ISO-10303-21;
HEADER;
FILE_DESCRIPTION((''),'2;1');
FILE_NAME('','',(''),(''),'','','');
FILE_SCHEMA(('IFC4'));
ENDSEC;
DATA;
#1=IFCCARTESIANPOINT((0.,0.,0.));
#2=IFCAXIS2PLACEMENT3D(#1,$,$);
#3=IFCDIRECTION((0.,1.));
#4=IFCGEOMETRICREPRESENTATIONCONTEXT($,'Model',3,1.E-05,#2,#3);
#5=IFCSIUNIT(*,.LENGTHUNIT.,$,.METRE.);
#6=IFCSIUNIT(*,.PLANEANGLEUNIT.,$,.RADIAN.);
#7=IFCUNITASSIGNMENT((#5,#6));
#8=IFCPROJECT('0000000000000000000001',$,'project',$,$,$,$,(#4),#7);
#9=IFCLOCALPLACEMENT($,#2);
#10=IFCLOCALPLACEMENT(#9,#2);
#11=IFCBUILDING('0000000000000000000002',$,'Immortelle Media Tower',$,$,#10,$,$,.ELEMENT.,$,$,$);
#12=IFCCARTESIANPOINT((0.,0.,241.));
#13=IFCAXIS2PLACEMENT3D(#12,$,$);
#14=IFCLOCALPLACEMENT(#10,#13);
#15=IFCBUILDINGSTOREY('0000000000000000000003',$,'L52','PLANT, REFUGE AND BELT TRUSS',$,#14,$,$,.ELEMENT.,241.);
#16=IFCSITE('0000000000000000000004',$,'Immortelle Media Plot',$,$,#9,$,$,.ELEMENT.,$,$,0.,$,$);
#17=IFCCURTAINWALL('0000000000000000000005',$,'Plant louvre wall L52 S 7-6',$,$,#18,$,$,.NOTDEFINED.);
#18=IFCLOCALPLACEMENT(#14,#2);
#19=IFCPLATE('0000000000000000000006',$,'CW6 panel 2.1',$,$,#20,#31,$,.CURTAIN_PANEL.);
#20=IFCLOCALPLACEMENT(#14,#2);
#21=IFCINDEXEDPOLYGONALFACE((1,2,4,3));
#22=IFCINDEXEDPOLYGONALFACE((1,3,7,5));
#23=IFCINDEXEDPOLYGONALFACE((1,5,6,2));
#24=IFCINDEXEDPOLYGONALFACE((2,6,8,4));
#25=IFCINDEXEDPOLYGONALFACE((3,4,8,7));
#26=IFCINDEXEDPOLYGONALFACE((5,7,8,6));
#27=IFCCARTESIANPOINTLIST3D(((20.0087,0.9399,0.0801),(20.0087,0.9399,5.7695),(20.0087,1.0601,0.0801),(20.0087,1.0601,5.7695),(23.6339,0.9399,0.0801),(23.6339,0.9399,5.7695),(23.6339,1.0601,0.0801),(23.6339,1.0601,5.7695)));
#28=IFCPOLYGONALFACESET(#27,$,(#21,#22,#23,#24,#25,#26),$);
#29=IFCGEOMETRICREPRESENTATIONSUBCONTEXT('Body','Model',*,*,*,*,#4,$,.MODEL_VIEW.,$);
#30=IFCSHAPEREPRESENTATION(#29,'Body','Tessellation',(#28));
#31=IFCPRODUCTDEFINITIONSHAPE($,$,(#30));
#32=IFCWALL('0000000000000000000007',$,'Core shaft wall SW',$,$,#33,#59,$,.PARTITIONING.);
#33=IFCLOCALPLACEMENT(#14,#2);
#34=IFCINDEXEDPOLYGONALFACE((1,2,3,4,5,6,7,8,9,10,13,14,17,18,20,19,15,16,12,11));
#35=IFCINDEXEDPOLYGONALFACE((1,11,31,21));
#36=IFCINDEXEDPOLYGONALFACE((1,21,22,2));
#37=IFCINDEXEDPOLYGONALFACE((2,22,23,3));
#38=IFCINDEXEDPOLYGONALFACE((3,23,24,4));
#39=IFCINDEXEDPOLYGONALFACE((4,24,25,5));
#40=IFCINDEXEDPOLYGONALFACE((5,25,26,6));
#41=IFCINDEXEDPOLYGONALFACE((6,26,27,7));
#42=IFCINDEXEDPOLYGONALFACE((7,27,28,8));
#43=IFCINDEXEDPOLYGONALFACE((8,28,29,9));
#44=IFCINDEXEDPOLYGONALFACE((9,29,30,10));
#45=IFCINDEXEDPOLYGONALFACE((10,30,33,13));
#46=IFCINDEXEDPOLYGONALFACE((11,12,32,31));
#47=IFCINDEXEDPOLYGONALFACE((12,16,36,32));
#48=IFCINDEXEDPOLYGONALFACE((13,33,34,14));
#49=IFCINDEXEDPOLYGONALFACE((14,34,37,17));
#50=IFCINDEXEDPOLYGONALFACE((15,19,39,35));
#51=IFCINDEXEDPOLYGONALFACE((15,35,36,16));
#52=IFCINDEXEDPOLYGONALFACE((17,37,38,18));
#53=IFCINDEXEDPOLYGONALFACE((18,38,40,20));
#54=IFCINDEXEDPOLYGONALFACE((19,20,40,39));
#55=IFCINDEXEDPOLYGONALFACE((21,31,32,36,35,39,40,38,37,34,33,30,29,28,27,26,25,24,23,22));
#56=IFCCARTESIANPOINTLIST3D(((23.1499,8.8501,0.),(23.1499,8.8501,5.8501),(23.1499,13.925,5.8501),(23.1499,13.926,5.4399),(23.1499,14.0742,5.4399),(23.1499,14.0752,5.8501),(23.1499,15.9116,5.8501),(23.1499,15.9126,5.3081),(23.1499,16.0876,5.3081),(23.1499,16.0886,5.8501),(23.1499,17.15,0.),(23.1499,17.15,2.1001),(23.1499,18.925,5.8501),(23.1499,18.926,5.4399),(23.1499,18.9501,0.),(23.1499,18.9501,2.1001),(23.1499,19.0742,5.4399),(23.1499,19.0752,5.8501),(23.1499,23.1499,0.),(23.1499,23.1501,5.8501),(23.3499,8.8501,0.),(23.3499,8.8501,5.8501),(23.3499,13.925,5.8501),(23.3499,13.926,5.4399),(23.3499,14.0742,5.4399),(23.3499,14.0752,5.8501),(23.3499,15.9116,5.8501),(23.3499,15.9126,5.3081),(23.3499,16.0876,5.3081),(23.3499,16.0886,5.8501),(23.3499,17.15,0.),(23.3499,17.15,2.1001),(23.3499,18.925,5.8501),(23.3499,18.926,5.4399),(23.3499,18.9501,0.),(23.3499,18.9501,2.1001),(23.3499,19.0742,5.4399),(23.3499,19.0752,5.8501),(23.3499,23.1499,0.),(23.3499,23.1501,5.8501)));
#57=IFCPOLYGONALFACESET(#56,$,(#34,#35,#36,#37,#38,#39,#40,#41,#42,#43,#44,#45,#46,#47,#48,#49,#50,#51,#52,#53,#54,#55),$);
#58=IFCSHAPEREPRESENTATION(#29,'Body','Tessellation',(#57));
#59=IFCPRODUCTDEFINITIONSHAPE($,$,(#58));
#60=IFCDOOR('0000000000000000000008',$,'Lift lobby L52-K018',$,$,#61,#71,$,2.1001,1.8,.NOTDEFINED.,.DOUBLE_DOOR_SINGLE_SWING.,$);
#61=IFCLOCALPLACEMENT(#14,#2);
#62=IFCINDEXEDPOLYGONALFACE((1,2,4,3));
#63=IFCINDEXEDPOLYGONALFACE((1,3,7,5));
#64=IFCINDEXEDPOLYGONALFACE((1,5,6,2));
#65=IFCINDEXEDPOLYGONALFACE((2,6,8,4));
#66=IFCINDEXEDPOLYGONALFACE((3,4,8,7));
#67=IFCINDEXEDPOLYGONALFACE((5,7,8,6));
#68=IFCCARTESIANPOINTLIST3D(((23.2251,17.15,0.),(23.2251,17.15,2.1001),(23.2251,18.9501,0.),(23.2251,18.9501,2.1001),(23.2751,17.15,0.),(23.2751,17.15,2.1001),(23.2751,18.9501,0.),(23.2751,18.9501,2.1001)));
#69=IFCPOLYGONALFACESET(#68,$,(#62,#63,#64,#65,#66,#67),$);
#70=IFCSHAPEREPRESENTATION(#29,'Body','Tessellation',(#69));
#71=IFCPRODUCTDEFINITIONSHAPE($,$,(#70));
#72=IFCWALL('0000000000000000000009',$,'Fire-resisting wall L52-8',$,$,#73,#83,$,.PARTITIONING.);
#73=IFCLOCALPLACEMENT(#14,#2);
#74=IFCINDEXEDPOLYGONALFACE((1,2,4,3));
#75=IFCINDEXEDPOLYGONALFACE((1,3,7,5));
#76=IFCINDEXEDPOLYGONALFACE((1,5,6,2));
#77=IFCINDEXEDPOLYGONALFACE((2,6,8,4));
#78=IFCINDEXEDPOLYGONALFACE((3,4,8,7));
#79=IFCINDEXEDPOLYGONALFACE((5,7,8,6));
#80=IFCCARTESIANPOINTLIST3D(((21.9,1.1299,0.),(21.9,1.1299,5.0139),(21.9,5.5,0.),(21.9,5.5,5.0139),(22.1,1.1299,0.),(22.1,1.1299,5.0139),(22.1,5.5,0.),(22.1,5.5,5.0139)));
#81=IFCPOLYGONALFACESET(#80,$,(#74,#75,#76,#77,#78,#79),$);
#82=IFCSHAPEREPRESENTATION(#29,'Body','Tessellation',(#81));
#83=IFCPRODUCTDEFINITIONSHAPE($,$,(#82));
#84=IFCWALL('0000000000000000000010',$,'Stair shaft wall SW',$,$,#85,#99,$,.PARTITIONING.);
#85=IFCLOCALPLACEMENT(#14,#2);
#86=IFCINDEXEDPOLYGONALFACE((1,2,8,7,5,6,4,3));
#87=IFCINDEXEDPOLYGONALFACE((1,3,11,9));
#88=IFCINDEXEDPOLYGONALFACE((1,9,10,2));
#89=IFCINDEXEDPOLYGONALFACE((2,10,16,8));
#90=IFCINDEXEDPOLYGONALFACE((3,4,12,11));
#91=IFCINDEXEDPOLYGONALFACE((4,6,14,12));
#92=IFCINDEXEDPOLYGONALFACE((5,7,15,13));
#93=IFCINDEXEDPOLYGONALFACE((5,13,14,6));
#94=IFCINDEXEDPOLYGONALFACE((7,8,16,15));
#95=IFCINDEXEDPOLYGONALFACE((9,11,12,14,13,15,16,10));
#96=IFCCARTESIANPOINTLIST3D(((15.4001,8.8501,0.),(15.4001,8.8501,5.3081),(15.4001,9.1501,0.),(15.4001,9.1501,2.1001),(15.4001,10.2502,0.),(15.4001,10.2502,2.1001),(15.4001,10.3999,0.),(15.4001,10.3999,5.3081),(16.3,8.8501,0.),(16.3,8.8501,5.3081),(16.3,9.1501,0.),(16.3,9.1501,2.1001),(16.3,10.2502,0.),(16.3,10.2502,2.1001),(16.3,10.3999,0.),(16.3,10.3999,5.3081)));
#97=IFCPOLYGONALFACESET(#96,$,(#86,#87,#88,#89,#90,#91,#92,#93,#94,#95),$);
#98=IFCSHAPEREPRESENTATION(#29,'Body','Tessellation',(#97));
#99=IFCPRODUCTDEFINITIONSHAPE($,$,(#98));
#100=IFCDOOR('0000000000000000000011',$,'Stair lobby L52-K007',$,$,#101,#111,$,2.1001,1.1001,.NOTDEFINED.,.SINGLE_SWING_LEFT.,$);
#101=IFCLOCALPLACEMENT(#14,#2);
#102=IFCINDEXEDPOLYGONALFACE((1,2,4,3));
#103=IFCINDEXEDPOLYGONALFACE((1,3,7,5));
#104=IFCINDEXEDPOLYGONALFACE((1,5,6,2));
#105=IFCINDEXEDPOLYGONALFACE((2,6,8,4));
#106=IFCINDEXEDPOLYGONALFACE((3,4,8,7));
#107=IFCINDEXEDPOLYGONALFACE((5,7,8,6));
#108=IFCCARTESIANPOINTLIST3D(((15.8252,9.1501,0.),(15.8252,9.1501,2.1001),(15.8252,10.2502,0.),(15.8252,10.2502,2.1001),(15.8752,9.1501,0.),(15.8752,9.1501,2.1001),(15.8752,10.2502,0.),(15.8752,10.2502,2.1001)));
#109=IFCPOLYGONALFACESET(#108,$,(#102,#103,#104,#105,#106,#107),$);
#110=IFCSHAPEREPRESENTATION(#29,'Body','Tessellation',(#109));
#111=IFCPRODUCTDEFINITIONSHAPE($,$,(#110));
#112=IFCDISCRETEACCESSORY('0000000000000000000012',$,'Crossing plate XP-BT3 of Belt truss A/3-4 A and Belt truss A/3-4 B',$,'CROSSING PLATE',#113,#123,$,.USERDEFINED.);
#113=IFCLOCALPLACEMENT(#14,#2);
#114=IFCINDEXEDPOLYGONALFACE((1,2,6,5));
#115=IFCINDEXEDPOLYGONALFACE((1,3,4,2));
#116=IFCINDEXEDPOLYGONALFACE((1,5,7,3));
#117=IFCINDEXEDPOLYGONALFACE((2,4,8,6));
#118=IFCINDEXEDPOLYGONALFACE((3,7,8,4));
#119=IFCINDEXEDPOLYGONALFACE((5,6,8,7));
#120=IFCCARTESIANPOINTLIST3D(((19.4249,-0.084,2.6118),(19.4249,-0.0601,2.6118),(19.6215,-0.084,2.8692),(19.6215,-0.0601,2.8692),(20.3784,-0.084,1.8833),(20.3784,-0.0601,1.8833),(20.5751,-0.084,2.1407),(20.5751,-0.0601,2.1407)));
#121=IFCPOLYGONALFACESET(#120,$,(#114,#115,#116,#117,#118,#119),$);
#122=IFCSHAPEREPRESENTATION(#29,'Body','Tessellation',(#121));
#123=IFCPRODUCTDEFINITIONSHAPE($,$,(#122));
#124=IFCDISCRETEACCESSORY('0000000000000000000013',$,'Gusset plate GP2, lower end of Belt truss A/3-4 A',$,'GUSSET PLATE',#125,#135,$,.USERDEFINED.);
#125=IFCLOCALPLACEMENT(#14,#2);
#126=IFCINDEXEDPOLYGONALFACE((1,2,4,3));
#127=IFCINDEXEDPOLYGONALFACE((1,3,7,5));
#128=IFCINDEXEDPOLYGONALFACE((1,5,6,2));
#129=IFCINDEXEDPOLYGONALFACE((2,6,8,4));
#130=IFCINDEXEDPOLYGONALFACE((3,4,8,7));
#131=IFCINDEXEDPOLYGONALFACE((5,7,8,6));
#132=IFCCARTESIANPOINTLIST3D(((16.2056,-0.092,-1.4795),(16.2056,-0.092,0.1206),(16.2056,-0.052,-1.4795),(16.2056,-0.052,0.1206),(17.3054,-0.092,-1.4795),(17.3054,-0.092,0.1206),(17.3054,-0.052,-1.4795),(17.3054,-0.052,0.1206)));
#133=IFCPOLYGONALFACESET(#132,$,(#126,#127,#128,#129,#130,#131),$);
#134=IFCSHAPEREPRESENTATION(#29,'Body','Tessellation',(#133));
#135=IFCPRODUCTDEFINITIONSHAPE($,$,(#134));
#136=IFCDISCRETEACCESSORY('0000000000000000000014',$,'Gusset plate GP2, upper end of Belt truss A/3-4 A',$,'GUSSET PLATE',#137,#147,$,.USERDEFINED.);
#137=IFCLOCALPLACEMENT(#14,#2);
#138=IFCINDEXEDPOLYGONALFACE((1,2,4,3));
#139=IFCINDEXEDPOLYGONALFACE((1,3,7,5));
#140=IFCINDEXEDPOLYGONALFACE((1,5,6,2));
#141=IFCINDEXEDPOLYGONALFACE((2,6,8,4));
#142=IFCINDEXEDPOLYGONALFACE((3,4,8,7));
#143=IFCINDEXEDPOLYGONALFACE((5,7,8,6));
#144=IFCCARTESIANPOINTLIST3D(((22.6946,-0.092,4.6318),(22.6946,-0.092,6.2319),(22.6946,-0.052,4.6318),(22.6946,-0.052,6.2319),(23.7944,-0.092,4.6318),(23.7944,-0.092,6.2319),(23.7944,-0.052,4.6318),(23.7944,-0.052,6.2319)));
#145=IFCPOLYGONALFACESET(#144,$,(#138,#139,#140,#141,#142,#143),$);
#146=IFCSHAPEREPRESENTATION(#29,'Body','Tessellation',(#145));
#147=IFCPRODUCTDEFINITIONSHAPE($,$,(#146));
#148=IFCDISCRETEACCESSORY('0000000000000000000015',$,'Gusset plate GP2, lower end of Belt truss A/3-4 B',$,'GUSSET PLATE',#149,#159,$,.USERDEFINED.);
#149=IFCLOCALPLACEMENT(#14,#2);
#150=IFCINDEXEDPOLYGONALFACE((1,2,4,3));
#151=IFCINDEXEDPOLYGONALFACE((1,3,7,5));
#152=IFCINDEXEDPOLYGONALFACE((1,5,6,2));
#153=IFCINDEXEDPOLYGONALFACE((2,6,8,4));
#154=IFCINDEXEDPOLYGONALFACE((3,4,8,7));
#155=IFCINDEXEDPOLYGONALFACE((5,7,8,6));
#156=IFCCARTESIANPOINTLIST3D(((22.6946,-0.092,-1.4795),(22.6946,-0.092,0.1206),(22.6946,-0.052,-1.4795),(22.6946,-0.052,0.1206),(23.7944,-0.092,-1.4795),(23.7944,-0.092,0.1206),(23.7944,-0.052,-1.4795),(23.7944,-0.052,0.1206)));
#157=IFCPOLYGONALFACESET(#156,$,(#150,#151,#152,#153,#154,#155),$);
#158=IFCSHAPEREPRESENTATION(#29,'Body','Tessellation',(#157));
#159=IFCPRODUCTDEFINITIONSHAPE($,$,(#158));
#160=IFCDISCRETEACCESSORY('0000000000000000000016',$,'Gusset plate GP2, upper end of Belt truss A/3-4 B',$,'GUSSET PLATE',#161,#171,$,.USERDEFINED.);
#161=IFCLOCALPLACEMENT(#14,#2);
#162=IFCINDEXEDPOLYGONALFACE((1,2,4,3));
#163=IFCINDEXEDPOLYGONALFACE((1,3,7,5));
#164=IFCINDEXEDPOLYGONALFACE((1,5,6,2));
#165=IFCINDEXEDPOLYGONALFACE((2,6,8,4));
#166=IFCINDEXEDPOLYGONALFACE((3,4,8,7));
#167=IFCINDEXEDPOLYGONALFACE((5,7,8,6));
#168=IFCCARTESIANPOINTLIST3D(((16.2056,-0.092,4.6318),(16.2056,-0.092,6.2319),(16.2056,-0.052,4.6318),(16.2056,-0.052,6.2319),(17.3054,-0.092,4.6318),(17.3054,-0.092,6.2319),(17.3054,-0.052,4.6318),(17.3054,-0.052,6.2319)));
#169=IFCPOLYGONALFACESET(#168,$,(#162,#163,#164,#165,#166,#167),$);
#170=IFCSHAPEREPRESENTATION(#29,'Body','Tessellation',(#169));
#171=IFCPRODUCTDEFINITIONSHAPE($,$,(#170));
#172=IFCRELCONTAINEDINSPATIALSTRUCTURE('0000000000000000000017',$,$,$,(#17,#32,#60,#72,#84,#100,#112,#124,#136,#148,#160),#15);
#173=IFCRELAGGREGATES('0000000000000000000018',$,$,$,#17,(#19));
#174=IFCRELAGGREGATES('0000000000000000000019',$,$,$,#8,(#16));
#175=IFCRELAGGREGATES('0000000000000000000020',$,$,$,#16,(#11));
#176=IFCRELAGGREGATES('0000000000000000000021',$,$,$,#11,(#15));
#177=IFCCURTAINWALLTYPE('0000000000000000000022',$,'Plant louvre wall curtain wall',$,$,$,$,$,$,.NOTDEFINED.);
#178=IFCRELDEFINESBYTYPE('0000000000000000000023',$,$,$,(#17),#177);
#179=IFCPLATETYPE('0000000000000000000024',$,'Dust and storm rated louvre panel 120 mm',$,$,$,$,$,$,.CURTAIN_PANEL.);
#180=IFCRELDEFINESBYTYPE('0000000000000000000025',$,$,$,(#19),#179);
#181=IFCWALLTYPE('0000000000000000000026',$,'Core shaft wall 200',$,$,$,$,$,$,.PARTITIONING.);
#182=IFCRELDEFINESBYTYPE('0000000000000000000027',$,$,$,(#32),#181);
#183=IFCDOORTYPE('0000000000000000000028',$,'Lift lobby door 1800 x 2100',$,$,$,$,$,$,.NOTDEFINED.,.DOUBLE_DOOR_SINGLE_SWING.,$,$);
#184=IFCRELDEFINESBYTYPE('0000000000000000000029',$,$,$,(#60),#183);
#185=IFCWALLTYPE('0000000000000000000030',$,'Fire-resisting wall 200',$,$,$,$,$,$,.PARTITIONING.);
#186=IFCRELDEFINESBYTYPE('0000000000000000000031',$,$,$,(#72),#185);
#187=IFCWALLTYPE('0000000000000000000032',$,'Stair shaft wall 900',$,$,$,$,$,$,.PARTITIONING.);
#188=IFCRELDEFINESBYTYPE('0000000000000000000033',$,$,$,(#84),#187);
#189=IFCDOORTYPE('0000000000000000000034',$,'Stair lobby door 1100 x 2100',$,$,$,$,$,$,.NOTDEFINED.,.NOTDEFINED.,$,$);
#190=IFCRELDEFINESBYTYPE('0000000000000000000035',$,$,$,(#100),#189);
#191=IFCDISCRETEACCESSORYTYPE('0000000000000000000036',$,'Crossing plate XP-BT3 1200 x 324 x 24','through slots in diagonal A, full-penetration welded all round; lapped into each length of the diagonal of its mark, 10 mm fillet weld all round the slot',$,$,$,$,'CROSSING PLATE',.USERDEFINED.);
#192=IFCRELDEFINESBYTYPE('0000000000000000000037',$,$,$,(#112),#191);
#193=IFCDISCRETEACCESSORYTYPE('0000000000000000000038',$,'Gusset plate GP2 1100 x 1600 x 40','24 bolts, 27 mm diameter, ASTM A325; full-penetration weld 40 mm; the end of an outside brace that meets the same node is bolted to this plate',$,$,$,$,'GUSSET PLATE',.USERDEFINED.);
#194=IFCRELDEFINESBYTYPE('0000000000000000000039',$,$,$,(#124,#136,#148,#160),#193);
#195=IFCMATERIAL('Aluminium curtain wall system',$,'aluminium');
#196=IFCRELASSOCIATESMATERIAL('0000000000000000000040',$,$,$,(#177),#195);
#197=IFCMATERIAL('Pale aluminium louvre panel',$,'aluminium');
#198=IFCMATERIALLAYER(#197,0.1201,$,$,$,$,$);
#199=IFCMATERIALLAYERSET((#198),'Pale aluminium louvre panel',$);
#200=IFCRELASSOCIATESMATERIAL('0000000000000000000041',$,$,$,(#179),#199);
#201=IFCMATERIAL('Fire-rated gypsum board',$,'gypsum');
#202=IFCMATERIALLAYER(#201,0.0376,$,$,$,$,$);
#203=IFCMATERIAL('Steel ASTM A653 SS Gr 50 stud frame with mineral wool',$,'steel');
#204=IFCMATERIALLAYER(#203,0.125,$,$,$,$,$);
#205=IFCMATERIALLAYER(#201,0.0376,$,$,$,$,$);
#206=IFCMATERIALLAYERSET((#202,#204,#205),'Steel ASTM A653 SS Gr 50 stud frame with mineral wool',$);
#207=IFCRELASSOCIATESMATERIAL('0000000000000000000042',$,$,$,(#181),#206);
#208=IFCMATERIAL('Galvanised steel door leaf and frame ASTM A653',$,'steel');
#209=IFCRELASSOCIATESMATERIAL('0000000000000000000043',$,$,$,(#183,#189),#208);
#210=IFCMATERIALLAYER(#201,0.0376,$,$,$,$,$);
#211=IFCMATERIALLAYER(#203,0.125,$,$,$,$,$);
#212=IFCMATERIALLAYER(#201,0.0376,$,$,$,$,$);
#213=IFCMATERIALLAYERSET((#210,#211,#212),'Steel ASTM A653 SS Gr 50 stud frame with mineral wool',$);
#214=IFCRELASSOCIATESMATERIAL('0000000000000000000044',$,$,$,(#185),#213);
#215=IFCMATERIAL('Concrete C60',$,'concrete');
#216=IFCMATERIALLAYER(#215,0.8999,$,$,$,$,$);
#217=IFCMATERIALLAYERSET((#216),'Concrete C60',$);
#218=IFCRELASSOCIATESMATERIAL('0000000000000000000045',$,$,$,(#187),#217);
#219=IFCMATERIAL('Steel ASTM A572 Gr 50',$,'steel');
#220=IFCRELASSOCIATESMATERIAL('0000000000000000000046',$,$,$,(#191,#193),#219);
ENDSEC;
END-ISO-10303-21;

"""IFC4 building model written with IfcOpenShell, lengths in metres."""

from ifc_helpers import new_model, si_unit, direction, frame, frame_2d, origin, origin_2d, place, context, subcontext, project, spatial, polyline, rectangle, outline, extrude, material, layer, layer_set, material_profile, profile_set, type_object, element, fill, aggregate, save


model = new_model("IFC4")

# Units and contexts
model_context = context("Model", 3, precision=1e-05, world=origin(), true_north=direction((0.0, 1.0)))
body_context = subcontext(model_context, "Body", "Model", "MODEL_VIEW")
ifc_project = project(units=[si_unit("LENGTHUNIT", "METRE"), si_unit("PLANEANGLEUNIT", "RADIAN")], contexts=[model_context])

# Site, building, storey
site_placement = place(None, origin())
site = spatial("IfcSite", under=ifc_project, at=site_placement, Name="Immortelle Media Plot", CompositionType="ELEMENT", RefElevation=0.0)
building_placement = place(site_placement, origin())
building = spatial("IfcBuilding", under=site, at=building_placement, Name="Immortelle Media Tower", CompositionType="ELEMENT")
storey_placement = place(building_placement, frame((0.0, 0.0, 241.0)))
storey = spatial("IfcBuildingStorey", under=building, at=storey_placement, Name="L52", Description="PLANT, REFUGE AND BELT TRUSS", CompositionType="ELEMENT", Elevation=241.0)

# Curtain wall
ifc_material_1 = material(Name="Aluminium curtain wall system", Category="aluminium")
curtain_wall_type = type_object("IfcCurtainWallType", Name="Plant louvre wall curtain wall", PredefinedType="NOTDEFINED", material=ifc_material_1)
curtain_wall_1_placement = place(storey_placement, origin())
curtain_wall_1 = element("IfcCurtainWall", 1, at=curtain_wall_1_placement, inside=storey, type_object=curtain_wall_type, Name="Plant louvre wall L52 S 7-6", PredefinedType="NOTDEFINED")

# Plate
ifc_material_2 = material(Name="Pale aluminium louvre panel", Category="aluminium")
ifc_layer_1 = layer(ifc_material_2, 0.1201)
ifc_layer_set_1 = layer_set([ifc_layer_1], Name="Pale aluminium louvre panel")
plate_type = type_object("IfcPlateType", Name="Dust and storm rated louvre panel 120 mm", PredefinedType="CURTAIN_PANEL", material=ifc_layer_set_1)
plate_1_placement = place(storey_placement, frame((21.8213, 1.0, 0.0801), z_axis=(0.0, 0.0, 1.0), x_axis=(1.0, 0.0, 0.0)))
plate_1 = element("IfcPlate", 2, at=plate_1_placement, type_object=plate_type, Name="CW6 panel 2.1", PredefinedType="CURTAIN_PANEL", context=body_context, shape_type="SweptSolid", body=[
    extrude(rectangle(XDim=3.6252, YDim=0.1201, at=origin_2d()), origin(), (0.0, 0.0, 1.0), 5.6895),
])
aggregate(curtain_wall_1, [plate_1])

# Wall, opening, door
ifc_material_3 = material(Name="Fire-rated gypsum board", Category="gypsum")
ifc_layer_2 = layer(ifc_material_3, 0.0376)
ifc_material_4 = material(Name="Steel ASTM A653 SS Gr 50 stud frame with mineral wool", Category="steel")
ifc_layer_3 = layer(ifc_material_4, 0.125)
ifc_layer_4 = layer(ifc_material_3, 0.0376)
ifc_layer_set_2 = layer_set([ifc_layer_2, ifc_layer_3, ifc_layer_4], Name="Steel ASTM A653 SS Gr 50 stud frame with mineral wool")
wall_type_1 = type_object("IfcWallType", Name="Core shaft wall 200", PredefinedType="PARTITIONING", material=ifc_layer_set_2)
wall_1_placement = place(storey_placement, frame((23.25, 8.8501, 0.0), z_axis=(0.0, 0.0, 1.0), x_axis=(0.0, 1.0, 0.0)))
wall_1 = element("IfcWall", 3, at=wall_1_placement, inside=storey, type_object=wall_type_1, Name="Core shaft wall SW", PredefinedType="PARTITIONING", context=body_context, shape_type="SweptSolid", body=[
    extrude(outline(polyline([(0.0, 0.0), (14.2998, 0.0), (14.3, 5.8501), (10.2251, 5.8501), (10.2241, 5.4399), (10.0759, 5.4399), (10.075, 5.8501), (7.2385, 5.8501), (7.2375, 5.3081), (7.0625, 5.3081), (7.0615, 5.8501), (5.2251, 5.8501), (5.2241, 5.4399), (5.0759, 5.4399), (5.075, 5.8501), (0.0, 5.8501), (0.0, 0.0)])), frame((0.0, 0.1001, 0.0), z_axis=(0.0, -1.0, 0.0), x_axis=(1.0, 0.0, 0.0)), (0.0, 0.0, 1.0), 0.2),
])
opening_1_placement = place(wall_1_placement, frame((8.3, 0.0, 0.0)))
opening_1 = element("IfcOpeningElement", 4, at=opening_1_placement, cuts=wall_1, PredefinedType="OPENING", context=body_context, shape_type="SweptSolid", body=[
    extrude(rectangle(XDim=1.8, YDim=2.1001, at=frame_2d((0.8999, 1.05))), frame((0.0, 0.1099, 0.0), z_axis=(0.0, -1.0, 0.0), x_axis=(1.0, 0.0, 0.0)), (0.0, 0.0, 1.0), 0.22),
])
ifc_material_5 = material(Name="Galvanised steel door leaf and frame ASTM A653", Category="steel")
door_type_1 = type_object("IfcDoorType", Name="Lift lobby door 1800 x 2100", OperationType="DOUBLE_DOOR_SINGLE_SWING", PredefinedType="NOTDEFINED", material=ifc_material_5)
door_1_placement = place(opening_1_placement, origin())
door_1 = element("IfcDoor", 5, at=door_1_placement, inside=storey, type_object=door_type_1, Name="Lift lobby L52-K018", OperationType="DOUBLE_DOOR_SINGLE_SWING", OverallHeight=2.1001, OverallWidth=1.8, PredefinedType="NOTDEFINED", context=body_context, shape_type="SweptSolid", body=[
    extrude(rectangle(XDim=1.8, YDim=2.1001, at=frame_2d((0.8999, 1.05))), frame((0.0, 0.0249, 0.0), z_axis=(0.0, -1.0, 0.0), x_axis=(1.0, 0.0, 0.0)), (0.0, 0.0, 1.0), 0.05),
])
fill(opening_1, door_1)

# Wall
ifc_layer_5 = layer(ifc_material_3, 0.0376)
ifc_layer_6 = layer(ifc_material_4, 0.125)
ifc_layer_7 = layer(ifc_material_3, 0.0376)
ifc_layer_set_3 = layer_set([ifc_layer_5, ifc_layer_6, ifc_layer_7], Name="Steel ASTM A653 SS Gr 50 stud frame with mineral wool")
wall_type_2 = type_object("IfcWallType", Name="Fire-resisting wall 200", PredefinedType="PARTITIONING", material=ifc_layer_set_3)
wall_2_placement = place(storey_placement, frame((22.0, 1.1299, 0.0), z_axis=(0.0, 0.0, 1.0), x_axis=(0.0, 1.0, 0.0)))
element("IfcWall", 6, at=wall_2_placement, inside=storey, type_object=wall_type_2, Name="Fire-resisting wall L52-8", PredefinedType="PARTITIONING", context=body_context, shape_type="SweptSolid", body=[
    extrude(rectangle(XDim=4.3701, YDim=0.2, at=frame_2d((2.1851, 0.0))), origin(), (0.0, 0.0, 1.0), 5.0139),
])

# Wall, opening, door
ifc_material_6 = material(Name="Concrete C60", Category="concrete")
ifc_layer_8 = layer(ifc_material_6, 0.8999)
ifc_layer_set_4 = layer_set([ifc_layer_8], Name="Concrete C60")
wall_type_3 = type_object("IfcWallType", Name="Stair shaft wall 900", PredefinedType="PARTITIONING", material=ifc_layer_set_4)
wall_3_placement = place(storey_placement, frame((15.8501, 8.8501, 0.0), z_axis=(0.0, 0.0, 1.0), x_axis=(0.0, 1.0, 0.0)))
wall_3 = element("IfcWall", 7, at=wall_3_placement, inside=storey, type_object=wall_type_3, Name="Stair shaft wall SW", PredefinedType="PARTITIONING", context=body_context, shape_type="SweptSolid", body=[
    extrude(rectangle(XDim=1.5498, YDim=0.8999, at=frame_2d((0.7749, 0.0))), origin(), (0.0, 0.0, 1.0), 5.3081),
])
opening_2_placement = place(wall_3_placement, frame((0.3, 0.0, 0.0)))
opening_2 = element("IfcOpeningElement", 8, at=opening_2_placement, cuts=wall_3, PredefinedType="OPENING", context=body_context, shape_type="SweptSolid", body=[
    extrude(rectangle(XDim=1.1001, YDim=2.1001, at=frame_2d((0.55, 1.05))), frame((0.0, 0.46, 0.0), z_axis=(0.0, -1.0, 0.0), x_axis=(1.0, 0.0, 0.0)), (0.0, 0.0, 1.0), 0.9199),
])
door_type_2 = type_object("IfcDoorType", Name="Stair lobby door 1100 x 2100", OperationType="NOTDEFINED", PredefinedType="NOTDEFINED", material=ifc_material_5)
door_2_placement = place(opening_2_placement, origin())
door_2 = element("IfcDoor", 9, at=door_2_placement, inside=storey, type_object=door_type_2, Name="Stair lobby L52-K007", OperationType="SINGLE_SWING_LEFT", OverallHeight=2.1001, OverallWidth=1.1001, PredefinedType="NOTDEFINED", context=body_context, shape_type="SweptSolid", body=[
    extrude(rectangle(XDim=1.1001, YDim=2.1001, at=frame_2d((0.55, 1.05))), frame((0.0, 0.0249, 0.0), z_axis=(0.0, -1.0, 0.0), x_axis=(1.0, 0.0, 0.0)), (0.0, 0.0, 1.0), 0.05),
])
fill(opening_2, door_2)

# Discrete accessories
ifc_material_7 = material(Name="Steel ASTM A572 Gr 50", Category="steel")
ifc_material_profile_1 = material_profile(ifc_material_7, rectangle(XDim=0.0239, YDim=0.324, at=origin_2d()), Name="PL 24 x 324")
ifc_profile_set_1 = profile_set([ifc_material_profile_1], Name="Steel ASTM A572 Gr 50")
discrete_accessory_type_1 = type_object("IfcDiscreteAccessoryType", Name="Crossing plate XP-BT3 1200 x 324 x 24", Description="through slots in diagonal A, full-penetration welded all round; lapped into each length of the diagonal of its mark, 10 mm fillet weld all round the slot", ElementType="CROSSING PLATE", PredefinedType="USERDEFINED", material=ifc_profile_set_1)
discrete_accessory_placement = place(storey_placement, frame((19.5232, -0.072, 2.7405), z_axis=(0.794646, 0.0, -0.607072), x_axis=(0.0, 1.0, 0.0)))
element("IfcDiscreteAccessory", 10, at=discrete_accessory_placement, inside=storey, type_object=discrete_accessory_type_1, Name="Crossing plate XP-BT3 of Belt truss A/3-4 A and Belt truss A/3-4 B", ObjectType="CROSSING PLATE", PredefinedType="USERDEFINED", context=body_context, shape_type="SweptSolid", body=[
    extrude(rectangle(XDim=0.0239, YDim=0.324, at=origin_2d()), origin(), (0.0, 0.0, 1.0), 1.2),
])
ifc_material_profile_2 = material_profile(ifc_material_7, rectangle(XDim=0.04, YDim=1.6001, at=origin_2d()), Name="PL 40 x 1600")
ifc_profile_set_2 = profile_set([ifc_material_profile_2], Name="Steel ASTM A572 Gr 50")
discrete_accessory_type_2 = type_object("IfcDiscreteAccessoryType", Name="Gusset plate GP2 1100 x 1600 x 40", Description="24 bolts, 27 mm diameter, ASTM A325; full-penetration weld 40 mm; the end of an outside brace that meets the same node is bolted to this plate", ElementType="GUSSET PLATE", PredefinedType="USERDEFINED", material=ifc_profile_set_2)
for number, where, z_axis, x_axis, name in (
    (11, (16.2056, -0.072, -0.6794), (1.0, 0.0, 0.0), (0.0, 1.0, 0.0), "Gusset plate GP2, lower end of Belt truss A/3-4 A"),
    (12, (23.7944, -0.072, 5.4319), (-1.0, 0.0, 0.0), (0.0, -1.0, 0.0), "Gusset plate GP2, upper end of Belt truss A/3-4 A"),
    (13, (23.7944, -0.072, -0.6794), (-1.0, 0.0, 0.0), (0.0, -1.0, 0.0), "Gusset plate GP2, lower end of Belt truss A/3-4 B"),
    (14, (16.2056, -0.072, 5.4319), (1.0, 0.0, 0.0), (0.0, 1.0, 0.0), "Gusset plate GP2, upper end of Belt truss A/3-4 B"),
):
    element("IfcDiscreteAccessory", number, at=place(storey_placement, frame(where, z_axis=z_axis, x_axis=x_axis)), inside=storey, type_object=discrete_accessory_type_2, Name=name, ObjectType="GUSSET PLATE", PredefinedType="USERDEFINED", context=body_context, shape_type="SweptSolid", body=[
        extrude(rectangle(XDim=0.04, YDim=1.6001, at=origin_2d()), origin(), (0.0, 0.0, 1.0), 1.0999),
    ])

save(model, "model.ifc")
